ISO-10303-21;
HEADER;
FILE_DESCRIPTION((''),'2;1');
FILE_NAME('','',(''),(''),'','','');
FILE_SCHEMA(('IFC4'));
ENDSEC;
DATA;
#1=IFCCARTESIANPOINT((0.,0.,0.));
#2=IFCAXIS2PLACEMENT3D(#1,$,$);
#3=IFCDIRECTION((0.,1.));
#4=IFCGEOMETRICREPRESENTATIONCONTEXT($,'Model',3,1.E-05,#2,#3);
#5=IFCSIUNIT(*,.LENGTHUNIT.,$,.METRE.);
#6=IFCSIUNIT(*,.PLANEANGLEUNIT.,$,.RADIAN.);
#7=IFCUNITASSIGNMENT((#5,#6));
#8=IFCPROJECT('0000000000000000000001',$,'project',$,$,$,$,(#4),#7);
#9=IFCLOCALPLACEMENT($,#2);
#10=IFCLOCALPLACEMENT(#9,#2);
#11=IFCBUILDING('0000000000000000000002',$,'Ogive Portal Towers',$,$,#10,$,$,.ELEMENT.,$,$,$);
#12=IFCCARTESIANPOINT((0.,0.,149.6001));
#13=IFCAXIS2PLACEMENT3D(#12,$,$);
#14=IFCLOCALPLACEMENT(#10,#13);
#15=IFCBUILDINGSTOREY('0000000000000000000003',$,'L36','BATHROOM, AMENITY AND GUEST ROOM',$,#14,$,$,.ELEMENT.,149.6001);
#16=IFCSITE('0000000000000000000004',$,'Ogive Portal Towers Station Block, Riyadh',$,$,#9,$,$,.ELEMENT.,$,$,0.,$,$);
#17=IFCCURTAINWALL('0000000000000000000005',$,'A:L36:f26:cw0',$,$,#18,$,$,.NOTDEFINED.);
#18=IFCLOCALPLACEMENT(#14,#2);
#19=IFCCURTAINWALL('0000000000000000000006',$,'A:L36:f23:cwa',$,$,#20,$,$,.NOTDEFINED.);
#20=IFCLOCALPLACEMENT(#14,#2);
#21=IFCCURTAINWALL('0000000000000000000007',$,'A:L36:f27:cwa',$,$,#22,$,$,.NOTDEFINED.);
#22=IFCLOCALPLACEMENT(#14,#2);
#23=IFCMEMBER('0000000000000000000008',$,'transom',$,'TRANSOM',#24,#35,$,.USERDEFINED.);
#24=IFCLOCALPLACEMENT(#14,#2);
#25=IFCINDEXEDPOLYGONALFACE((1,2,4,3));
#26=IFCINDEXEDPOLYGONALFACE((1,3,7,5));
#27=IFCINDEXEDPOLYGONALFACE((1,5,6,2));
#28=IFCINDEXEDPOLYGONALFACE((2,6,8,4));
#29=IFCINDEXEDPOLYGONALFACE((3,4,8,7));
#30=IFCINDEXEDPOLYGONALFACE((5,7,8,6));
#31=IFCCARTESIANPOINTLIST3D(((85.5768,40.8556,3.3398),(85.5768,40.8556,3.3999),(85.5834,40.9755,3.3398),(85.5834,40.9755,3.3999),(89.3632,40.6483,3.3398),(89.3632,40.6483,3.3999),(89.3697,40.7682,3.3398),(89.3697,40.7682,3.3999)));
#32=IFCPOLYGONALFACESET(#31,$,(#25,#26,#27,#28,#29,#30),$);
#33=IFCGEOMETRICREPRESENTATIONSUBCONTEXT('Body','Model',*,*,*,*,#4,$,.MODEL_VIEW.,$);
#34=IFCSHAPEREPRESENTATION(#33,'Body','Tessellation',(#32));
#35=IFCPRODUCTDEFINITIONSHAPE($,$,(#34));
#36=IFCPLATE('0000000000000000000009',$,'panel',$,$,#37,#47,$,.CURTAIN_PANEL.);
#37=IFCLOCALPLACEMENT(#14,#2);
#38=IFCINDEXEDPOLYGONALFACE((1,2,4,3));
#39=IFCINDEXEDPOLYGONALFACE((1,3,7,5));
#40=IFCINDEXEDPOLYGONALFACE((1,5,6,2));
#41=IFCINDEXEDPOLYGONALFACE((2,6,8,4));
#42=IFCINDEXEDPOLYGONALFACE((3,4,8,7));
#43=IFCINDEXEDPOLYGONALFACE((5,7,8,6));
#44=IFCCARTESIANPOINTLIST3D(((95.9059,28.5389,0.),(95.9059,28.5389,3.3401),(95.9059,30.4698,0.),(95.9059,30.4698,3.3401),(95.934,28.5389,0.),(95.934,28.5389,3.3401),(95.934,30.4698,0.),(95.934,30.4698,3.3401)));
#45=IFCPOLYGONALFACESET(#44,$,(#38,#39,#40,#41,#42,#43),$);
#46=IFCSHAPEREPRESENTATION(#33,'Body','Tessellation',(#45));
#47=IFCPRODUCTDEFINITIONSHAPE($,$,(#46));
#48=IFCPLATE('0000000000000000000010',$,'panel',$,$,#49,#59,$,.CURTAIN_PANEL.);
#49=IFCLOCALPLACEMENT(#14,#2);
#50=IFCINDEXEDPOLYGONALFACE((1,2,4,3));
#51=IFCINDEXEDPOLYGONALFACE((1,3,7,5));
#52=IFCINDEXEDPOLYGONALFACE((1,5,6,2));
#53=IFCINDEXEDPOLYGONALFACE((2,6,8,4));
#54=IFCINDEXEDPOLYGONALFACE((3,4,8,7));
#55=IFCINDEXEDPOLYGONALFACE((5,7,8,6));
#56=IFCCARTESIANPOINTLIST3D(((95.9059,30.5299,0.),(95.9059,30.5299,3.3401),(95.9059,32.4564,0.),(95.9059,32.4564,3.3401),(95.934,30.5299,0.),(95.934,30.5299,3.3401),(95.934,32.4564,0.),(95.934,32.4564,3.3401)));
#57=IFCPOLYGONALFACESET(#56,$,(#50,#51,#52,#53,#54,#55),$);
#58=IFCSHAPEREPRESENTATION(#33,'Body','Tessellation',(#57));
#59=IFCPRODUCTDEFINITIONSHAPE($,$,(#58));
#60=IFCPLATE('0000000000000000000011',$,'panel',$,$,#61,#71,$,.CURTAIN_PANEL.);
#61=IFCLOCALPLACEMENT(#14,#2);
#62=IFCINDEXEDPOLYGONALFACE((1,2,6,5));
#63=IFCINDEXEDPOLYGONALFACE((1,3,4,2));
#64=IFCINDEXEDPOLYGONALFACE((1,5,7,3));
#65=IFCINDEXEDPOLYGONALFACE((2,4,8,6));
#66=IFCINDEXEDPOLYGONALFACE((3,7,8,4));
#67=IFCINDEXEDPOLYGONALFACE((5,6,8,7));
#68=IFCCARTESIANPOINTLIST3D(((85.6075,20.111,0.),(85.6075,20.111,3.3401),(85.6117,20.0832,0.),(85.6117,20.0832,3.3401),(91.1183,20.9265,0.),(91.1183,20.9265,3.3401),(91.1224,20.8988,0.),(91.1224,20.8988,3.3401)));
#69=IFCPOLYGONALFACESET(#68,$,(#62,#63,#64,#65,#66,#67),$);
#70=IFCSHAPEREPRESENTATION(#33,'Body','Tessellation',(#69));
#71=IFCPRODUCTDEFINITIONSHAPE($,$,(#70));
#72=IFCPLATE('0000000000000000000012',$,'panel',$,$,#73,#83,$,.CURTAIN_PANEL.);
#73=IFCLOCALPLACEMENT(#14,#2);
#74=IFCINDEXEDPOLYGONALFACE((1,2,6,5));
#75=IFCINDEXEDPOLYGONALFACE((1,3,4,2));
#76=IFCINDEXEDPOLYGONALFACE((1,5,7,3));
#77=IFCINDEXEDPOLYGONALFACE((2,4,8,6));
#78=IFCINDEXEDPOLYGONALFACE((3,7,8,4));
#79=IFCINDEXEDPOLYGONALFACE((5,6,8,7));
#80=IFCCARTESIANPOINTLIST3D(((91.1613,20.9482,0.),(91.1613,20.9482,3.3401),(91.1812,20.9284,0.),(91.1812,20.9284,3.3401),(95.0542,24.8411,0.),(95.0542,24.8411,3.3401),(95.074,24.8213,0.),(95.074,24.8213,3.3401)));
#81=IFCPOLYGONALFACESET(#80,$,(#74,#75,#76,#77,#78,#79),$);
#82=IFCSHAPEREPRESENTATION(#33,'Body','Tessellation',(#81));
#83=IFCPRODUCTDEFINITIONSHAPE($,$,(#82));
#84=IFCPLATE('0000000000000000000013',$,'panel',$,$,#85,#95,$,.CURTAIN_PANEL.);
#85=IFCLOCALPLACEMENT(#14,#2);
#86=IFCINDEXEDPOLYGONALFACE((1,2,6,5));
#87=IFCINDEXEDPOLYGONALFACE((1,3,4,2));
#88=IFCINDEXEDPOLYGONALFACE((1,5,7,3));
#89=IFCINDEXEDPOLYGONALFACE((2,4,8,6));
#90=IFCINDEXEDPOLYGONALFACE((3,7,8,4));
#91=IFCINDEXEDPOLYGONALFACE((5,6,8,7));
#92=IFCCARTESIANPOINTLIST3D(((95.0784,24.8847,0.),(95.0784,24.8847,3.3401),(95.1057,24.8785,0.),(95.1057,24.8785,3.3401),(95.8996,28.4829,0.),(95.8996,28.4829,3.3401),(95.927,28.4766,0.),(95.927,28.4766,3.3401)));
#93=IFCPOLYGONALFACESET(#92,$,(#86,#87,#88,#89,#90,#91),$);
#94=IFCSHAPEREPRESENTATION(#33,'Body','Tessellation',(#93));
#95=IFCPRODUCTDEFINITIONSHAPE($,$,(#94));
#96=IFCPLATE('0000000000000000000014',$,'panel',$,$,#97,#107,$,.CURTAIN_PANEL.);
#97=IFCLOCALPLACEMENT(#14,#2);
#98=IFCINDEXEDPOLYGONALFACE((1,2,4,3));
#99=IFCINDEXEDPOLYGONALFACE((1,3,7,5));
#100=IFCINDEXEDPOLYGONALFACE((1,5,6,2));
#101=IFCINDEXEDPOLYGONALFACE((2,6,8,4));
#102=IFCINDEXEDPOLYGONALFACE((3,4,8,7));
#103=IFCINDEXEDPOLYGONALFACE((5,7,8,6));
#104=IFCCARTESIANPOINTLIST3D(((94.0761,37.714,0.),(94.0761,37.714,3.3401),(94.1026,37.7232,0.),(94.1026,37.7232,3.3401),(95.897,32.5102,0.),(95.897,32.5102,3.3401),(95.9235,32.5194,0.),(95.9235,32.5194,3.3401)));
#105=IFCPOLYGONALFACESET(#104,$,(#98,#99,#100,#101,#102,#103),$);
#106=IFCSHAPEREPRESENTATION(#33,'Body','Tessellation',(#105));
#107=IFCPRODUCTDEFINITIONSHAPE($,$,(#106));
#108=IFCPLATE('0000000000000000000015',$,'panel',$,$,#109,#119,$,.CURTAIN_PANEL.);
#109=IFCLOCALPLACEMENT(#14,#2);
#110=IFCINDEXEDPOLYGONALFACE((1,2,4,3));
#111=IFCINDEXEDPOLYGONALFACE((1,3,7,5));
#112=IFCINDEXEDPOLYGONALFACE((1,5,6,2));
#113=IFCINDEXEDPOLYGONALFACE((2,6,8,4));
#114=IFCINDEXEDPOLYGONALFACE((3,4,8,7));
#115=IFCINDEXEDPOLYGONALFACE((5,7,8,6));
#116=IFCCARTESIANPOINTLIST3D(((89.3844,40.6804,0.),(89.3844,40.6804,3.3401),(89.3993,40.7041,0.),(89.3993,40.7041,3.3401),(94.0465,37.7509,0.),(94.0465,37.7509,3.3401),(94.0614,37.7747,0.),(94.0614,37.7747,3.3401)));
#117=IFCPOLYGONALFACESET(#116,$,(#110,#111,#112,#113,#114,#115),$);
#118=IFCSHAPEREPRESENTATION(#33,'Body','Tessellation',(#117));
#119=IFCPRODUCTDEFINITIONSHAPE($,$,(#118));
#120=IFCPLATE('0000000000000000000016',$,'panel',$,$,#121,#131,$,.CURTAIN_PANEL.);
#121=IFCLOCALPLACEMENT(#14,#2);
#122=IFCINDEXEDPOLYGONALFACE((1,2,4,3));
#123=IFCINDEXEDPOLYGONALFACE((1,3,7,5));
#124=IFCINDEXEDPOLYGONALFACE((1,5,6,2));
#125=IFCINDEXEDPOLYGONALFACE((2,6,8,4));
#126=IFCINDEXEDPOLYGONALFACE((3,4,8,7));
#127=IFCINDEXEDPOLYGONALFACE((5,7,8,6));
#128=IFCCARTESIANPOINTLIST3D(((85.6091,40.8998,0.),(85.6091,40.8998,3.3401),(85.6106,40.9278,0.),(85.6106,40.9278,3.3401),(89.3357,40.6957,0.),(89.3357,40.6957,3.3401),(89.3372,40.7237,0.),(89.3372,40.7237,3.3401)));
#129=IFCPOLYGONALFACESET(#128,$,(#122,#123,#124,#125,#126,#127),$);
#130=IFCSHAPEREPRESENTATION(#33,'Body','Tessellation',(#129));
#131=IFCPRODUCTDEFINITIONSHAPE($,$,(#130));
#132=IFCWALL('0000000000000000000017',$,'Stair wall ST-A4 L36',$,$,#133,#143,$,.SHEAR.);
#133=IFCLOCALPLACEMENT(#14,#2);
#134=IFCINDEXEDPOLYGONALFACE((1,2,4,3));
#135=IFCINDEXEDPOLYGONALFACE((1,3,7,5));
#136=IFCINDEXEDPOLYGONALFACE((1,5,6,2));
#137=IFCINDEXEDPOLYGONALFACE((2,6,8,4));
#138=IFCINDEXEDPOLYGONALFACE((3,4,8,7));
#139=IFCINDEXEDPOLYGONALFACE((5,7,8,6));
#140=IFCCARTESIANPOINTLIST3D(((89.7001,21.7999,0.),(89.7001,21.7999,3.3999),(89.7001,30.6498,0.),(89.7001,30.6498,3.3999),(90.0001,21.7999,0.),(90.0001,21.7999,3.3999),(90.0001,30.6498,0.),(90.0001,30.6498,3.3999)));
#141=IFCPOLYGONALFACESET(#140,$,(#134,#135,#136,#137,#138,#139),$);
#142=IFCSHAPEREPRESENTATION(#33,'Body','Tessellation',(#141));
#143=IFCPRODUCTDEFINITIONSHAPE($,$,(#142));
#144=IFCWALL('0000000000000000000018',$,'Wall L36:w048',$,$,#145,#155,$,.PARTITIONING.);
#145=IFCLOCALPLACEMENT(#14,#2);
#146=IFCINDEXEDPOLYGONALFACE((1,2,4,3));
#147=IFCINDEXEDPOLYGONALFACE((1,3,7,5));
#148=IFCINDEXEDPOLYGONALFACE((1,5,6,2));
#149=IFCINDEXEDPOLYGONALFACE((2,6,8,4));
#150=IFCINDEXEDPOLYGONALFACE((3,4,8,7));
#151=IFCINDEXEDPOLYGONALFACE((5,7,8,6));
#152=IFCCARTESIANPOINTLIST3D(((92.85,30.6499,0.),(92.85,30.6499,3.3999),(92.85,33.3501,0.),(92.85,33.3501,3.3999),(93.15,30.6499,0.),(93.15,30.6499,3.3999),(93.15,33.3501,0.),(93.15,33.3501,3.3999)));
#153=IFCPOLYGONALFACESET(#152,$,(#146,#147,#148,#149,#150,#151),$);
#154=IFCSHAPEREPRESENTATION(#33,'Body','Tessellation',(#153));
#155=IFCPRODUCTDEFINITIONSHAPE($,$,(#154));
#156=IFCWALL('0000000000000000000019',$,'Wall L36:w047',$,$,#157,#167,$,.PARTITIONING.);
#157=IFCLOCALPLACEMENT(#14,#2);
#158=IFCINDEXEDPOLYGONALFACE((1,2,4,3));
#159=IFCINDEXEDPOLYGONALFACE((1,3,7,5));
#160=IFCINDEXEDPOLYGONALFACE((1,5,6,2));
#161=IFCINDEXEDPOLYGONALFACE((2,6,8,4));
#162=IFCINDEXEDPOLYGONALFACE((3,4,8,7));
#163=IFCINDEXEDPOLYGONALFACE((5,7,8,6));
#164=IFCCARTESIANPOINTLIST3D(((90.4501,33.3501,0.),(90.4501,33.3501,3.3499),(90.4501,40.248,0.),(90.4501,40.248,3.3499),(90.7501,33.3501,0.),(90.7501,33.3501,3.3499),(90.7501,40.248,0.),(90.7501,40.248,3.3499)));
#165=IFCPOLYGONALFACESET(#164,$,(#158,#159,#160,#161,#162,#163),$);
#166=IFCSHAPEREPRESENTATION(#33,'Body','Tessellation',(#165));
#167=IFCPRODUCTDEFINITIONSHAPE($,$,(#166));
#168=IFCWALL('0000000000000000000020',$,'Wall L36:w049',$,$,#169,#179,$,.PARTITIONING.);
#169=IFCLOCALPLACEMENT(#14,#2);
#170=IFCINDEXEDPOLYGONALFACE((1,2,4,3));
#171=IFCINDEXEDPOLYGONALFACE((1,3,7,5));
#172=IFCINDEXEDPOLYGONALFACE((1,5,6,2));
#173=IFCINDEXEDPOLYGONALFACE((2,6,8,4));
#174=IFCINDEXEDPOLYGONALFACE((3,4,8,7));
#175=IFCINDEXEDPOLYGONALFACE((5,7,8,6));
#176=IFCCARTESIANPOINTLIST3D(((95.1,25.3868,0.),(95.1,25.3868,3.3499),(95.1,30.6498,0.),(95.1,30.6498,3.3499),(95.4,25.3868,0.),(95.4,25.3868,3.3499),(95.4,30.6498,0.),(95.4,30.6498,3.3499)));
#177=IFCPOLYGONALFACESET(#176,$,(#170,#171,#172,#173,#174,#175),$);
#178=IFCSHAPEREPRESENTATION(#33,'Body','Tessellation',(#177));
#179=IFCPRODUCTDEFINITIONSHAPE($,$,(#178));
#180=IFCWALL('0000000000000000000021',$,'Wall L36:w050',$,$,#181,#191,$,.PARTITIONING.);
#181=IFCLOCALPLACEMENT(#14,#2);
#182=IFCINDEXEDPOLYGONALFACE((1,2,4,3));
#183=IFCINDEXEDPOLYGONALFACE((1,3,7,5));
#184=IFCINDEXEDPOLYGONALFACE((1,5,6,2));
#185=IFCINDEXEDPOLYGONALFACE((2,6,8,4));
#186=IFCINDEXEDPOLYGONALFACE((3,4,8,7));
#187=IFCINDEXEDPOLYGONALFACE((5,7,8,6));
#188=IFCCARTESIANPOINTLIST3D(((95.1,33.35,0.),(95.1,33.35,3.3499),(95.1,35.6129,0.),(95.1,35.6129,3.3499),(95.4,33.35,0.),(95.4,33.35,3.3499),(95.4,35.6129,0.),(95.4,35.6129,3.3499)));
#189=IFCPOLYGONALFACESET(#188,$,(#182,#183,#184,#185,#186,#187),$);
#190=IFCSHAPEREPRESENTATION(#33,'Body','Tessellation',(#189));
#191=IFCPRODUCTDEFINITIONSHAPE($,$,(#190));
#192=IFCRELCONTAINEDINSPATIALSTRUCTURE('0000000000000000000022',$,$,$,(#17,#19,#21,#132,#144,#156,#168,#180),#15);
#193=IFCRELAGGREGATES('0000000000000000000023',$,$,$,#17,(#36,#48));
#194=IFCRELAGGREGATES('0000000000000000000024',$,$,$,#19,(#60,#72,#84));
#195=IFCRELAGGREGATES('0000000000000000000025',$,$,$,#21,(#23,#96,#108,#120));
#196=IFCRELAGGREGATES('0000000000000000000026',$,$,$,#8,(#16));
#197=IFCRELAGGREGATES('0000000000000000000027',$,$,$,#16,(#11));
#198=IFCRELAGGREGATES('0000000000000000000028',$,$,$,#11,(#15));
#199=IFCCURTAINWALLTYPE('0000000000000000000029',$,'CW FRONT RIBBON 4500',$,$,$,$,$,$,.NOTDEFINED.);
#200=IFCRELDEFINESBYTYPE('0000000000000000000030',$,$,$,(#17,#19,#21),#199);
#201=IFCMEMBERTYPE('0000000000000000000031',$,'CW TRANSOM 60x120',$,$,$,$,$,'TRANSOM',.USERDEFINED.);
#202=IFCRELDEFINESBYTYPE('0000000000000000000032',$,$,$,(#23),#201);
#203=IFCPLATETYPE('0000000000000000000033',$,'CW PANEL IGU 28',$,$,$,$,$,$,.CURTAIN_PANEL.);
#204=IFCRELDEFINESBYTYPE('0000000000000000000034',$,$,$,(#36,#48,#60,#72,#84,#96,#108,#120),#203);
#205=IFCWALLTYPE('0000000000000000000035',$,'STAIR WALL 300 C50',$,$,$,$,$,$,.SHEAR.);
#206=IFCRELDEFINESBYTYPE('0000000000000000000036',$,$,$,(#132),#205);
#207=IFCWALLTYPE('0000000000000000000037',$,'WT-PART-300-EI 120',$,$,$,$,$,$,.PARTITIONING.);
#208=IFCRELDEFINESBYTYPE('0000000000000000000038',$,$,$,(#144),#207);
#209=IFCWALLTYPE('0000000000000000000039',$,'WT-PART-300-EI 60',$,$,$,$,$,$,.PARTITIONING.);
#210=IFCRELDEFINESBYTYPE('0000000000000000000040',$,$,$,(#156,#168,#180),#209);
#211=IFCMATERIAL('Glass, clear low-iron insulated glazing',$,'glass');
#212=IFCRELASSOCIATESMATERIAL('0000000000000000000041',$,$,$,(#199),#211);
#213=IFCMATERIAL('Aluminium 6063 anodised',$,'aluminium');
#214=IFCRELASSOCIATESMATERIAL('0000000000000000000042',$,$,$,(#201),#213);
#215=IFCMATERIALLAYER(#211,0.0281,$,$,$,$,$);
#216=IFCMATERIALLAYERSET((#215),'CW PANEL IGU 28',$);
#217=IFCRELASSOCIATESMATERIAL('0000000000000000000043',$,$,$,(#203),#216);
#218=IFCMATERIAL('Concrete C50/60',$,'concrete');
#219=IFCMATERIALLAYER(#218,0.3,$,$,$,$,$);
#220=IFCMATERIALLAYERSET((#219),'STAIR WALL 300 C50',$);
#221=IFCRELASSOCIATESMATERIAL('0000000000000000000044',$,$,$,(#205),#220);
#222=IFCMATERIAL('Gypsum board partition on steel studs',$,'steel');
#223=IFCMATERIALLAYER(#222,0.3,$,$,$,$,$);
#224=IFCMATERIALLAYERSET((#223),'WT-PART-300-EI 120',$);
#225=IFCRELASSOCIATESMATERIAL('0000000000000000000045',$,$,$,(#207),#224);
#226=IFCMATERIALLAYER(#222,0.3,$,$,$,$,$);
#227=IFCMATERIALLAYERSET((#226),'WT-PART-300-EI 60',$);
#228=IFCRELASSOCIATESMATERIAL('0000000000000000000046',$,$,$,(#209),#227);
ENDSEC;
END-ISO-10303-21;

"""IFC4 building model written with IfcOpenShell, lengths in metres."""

from ifc_helpers import new_model, si_unit, direction, frame, frame_2d, origin, origin_2d, place, context, subcontext, project, spatial, rectangle, extrude, material, layer, layer_set, material_profile, profile_set, type_object, element, aggregate, save


model = new_model("IFC4")

# Units and contexts
model_context = context("Model", 3, precision=1e-05, world=origin(), true_north=direction((0.0, 1.0)))
body_context = subcontext(model_context, "Body", "Model", "MODEL_VIEW")
ifc_project = project(units=[si_unit("LENGTHUNIT", "METRE"), si_unit("PLANEANGLEUNIT", "RADIAN")], contexts=[model_context])

# Site, building, storey
site_placement = place(None, origin())
site = spatial("IfcSite", under=ifc_project, at=site_placement, Name="Ogive Portal Towers Station Block, Riyadh", CompositionType="ELEMENT", RefElevation=0.0)
building_placement = place(site_placement, origin())
building = spatial("IfcBuilding", under=site, at=building_placement, Name="Ogive Portal Towers", CompositionType="ELEMENT")
storey_placement = place(building_placement, frame((0.0, 0.0, 149.6001)))
storey = spatial("IfcBuildingStorey", under=building, at=storey_placement, Name="L36", Description="BATHROOM, AMENITY AND GUEST ROOM", CompositionType="ELEMENT", Elevation=149.6001)

# Curtain walls
ifc_material_1 = material(Name="Glass, clear low-iron insulated glazing", Category="glass")
curtain_wall_type = type_object("IfcCurtainWallType", Name="CW FRONT RIBBON 4500", PredefinedType="NOTDEFINED", material=ifc_material_1)
curtain_wall_1_placement = place(storey_placement, origin())
curtain_wall_1 = element("IfcCurtainWall", 1, at=curtain_wall_1_placement, inside=storey, type_object=curtain_wall_type, Name="A:L36:f26:cw0", PredefinedType="NOTDEFINED")
ifc_material_2 = material(Name="Aluminium 6063 anodised", Category="aluminium")
curtain_wall_2_placement = place(storey_placement, origin())
curtain_wall_2 = element("IfcCurtainWall", 2, at=curtain_wall_2_placement, inside=storey, type_object=curtain_wall_type, Name="A:L36:f23:cwa", PredefinedType="NOTDEFINED")
curtain_wall_3_placement = place(storey_placement, origin())
curtain_wall_3 = element("IfcCurtainWall", 3, at=curtain_wall_3_placement, inside=storey, type_object=curtain_wall_type, Name="A:L36:f27:cwa", PredefinedType="NOTDEFINED")

# Member
ifc_material_profile_1 = material_profile(ifc_material_2, rectangle(XDim=0.1201, YDim=0.0601, at=origin_2d()), Name="AL 120x60")
ifc_profile_set_1 = profile_set([ifc_material_profile_1], Name="Aluminium 6063 anodised")
member_type_1 = type_object("IfcMemberType", Name="CW TRANSOM 60x120", ElementType="TRANSOM", PredefinedType="USERDEFINED", material=ifc_profile_set_1)
member_1_placement = place(storey_placement, frame((89.3665, 40.7083, 3.3699), z_axis=(-0.998505, 0.054661, 0.0), x_axis=(-0.054661, -0.998505, 0.0)))
member_1 = element("IfcMember", 4, at=member_1_placement, type_object=member_type_1, Name="transom", ObjectType="TRANSOM", PredefinedType="USERDEFINED", context=body_context, shape_type="SweptSolid", body=[
    extrude(rectangle(XDim=0.1201, YDim=0.0601, at=origin_2d()), origin(), (0.0, 0.0, 1.0), 3.792),
])

# Plates
ifc_layer_1 = layer(ifc_material_1, 0.0281)
ifc_layer_set_1 = layer_set([ifc_layer_1], Name="CW PANEL IGU 28")
plate_type = type_object("IfcPlateType", Name="CW PANEL IGU 28", PredefinedType="CURTAIN_PANEL", material=ifc_layer_set_1)
plate_1_placement = place(storey_placement, frame((95.9199, 29.5044, 0.0), z_axis=(0.0, 0.0, 1.0), x_axis=(0.0, 1.0, 0.0)))
plate_1 = element("IfcPlate", 5, at=plate_1_placement, type_object=plate_type, Name="panel", PredefinedType="CURTAIN_PANEL", context=body_context, shape_type="SweptSolid", body=[
    extrude(rectangle(XDim=1.9309, YDim=0.0281, at=origin_2d()), origin(), (0.0, 0.0, 1.0), 3.3401),
])
plate_2_placement = place(storey_placement, frame((95.9199, 31.4932, 0.0), z_axis=(0.0, 0.0, 1.0), x_axis=(0.0, 1.0, 0.0)))
plate_2 = element("IfcPlate", 6, at=plate_2_placement, type_object=plate_type, Name="panel", PredefinedType="CURTAIN_PANEL", context=body_context, shape_type="SweptSolid", body=[
    extrude(rectangle(XDim=1.9265, YDim=0.0281, at=origin_2d()), origin(), (0.0, 0.0, 1.0), 3.3401),
])
aggregate(curtain_wall_1, [plate_1, plate_2])
plate_3_placement = place(storey_placement, frame((88.365, 20.5049, 0.0), z_axis=(0.0, 0.0, 1.0), x_axis=(0.989226, 0.146395, 0.0)))
plate_3 = element("IfcPlate", 7, at=plate_3_placement, type_object=plate_type, Name="panel", PredefinedType="CURTAIN_PANEL", context=body_context, shape_type="SweptSolid", body=[
    extrude(rectangle(XDim=5.5708, YDim=0.0281, at=origin_2d()), origin(), (0.0, 0.0, 1.0), 3.3401),
])
plate_4_placement = place(storey_placement, frame((93.1177, 22.8848, 0.0), z_axis=(0.0, 0.0, 1.0), x_axis=(0.707107, 0.707107, 0.0)))
plate_4 = element("IfcPlate", 8, at=plate_4_placement, type_object=plate_type, Name="panel", PredefinedType="CURTAIN_PANEL", context=body_context, shape_type="SweptSolid", body=[
    extrude(rectangle(XDim=5.5054, YDim=0.0281, at=origin_2d()), origin(), (0.0, 0.0, 1.0), 3.3401),
])
plate_5_placement = place(storey_placement, frame((95.5027, 26.6807, 0.0), z_axis=(0.0, 0.0, 1.0), x_axis=(0.222521, 0.974928, 0.0)))
plate_5 = element("IfcPlate", 9, at=plate_5_placement, type_object=plate_type, Name="panel", PredefinedType="CURTAIN_PANEL", context=body_context, shape_type="SweptSolid", body=[
    extrude(rectangle(XDim=3.6907, YDim=0.0281, at=origin_2d()), origin(), (0.0, 0.0, 1.0), 3.3401),
])
aggregate(curtain_wall_2, [plate_3, plate_4, plate_5])
plate_6_placement = place(storey_placement, frame((94.9998, 35.1167, 0.0), z_axis=(0.0, 0.0, 1.0), x_axis=(-0.330279, 0.943883, 0.0)))
plate_6 = element("IfcPlate", 10, at=plate_6_placement, type_object=plate_type, Name="panel", PredefinedType="CURTAIN_PANEL", context=body_context, shape_type="SweptSolid", body=[
    extrude(rectangle(XDim=5.5132, YDim=0.0281, at=origin_2d()), origin(), (0.0, 0.0, 1.0), 3.3401),
])
plate_7_placement = place(storey_placement, frame((91.7229, 39.2275, 0.0), z_axis=(0.0, 0.0, 1.0), x_axis=(-0.846724, 0.532032, 0.0)))
plate_7 = element("IfcPlate", 11, at=plate_7_placement, type_object=plate_type, Name="panel", PredefinedType="CURTAIN_PANEL", context=body_context, shape_type="SweptSolid", body=[
    extrude(rectangle(XDim=5.5061, YDim=0.0281, at=origin_2d()), origin(), (0.0, 0.0, 1.0), 3.3401),
])
plate_8_placement = place(storey_placement, frame((87.4731, 40.8118, 0.0), z_axis=(0.0, 0.0, 1.0), x_axis=(-0.998504, 0.054683, 0.0)))
plate_8 = element("IfcPlate", 12, at=plate_8_placement, type_object=plate_type, Name="panel", PredefinedType="CURTAIN_PANEL", context=body_context, shape_type="SweptSolid", body=[
    extrude(rectangle(XDim=3.7322, YDim=0.0281, at=origin_2d()), origin(), (0.0, 0.0, 1.0), 3.3401),
])
aggregate(curtain_wall_3, [member_1, plate_6, plate_7, plate_8])

# Walls
ifc_material_3 = material(Name="Concrete C50/60", Category="concrete")
ifc_layer_2 = layer(ifc_material_3, 0.3)
ifc_layer_set_2 = layer_set([ifc_layer_2], Name="STAIR WALL 300 C50")
wall_type_1 = type_object("IfcWallType", Name="STAIR WALL 300 C50", PredefinedType="SHEAR", material=ifc_layer_set_2)
wall_1_placement = place(storey_placement, frame((89.8501, 21.8, 0.0), z_axis=(0.0, 0.0, 1.0), x_axis=(0.0, 1.0, 0.0)))
element("IfcWall", 13, at=wall_1_placement, inside=storey, type_object=wall_type_1, Name="Stair wall ST-A4 L36", PredefinedType="SHEAR", context=body_context, shape_type="SweptSolid", body=[
    extrude(rectangle(XDim=8.8499, YDim=0.3, at=frame_2d((4.4248, 0.0))), origin(), (0.0, 0.0, 1.0), 3.3999),
])
ifc_material_4 = material(Name="Gypsum board partition on steel studs", Category="steel")
ifc_layer_3 = layer(ifc_material_4, 0.3)
ifc_layer_set_3 = layer_set([ifc_layer_3], Name="WT-PART-300-EI 120")
wall_type_2 = type_object("IfcWallType", Name="WT-PART-300-EI 120", PredefinedType="PARTITIONING", material=ifc_layer_set_3)
wall_2_placement = place(storey_placement, frame((93.0, 30.6499, 0.0), z_axis=(0.0, 0.0, 1.0), x_axis=(0.0, 1.0, 0.0)))
element("IfcWall", 14, at=wall_2_placement, inside=storey, type_object=wall_type_2, Name="Wall L36:w048", PredefinedType="PARTITIONING", context=body_context, shape_type="SweptSolid", body=[
    extrude(rectangle(XDim=2.7002, YDim=0.3, at=frame_2d((1.3501, 0.0))), origin(), (0.0, 0.0, 1.0), 3.3999),
])
ifc_layer_4 = layer(ifc_material_4, 0.3)
ifc_layer_set_4 = layer_set([ifc_layer_4], Name="WT-PART-300-EI 60")
wall_type_3 = type_object("IfcWallType", Name="WT-PART-300-EI 60", PredefinedType="PARTITIONING", material=ifc_layer_set_4)
wall_3_placement = place(storey_placement, frame((90.6001, 33.3501, 0.0), z_axis=(0.0, 0.0, 1.0), x_axis=(0.0, 1.0, 0.0)))
element("IfcWall", 15, at=wall_3_placement, inside=storey, type_object=wall_type_3, Name="Wall L36:w047", PredefinedType="PARTITIONING", context=body_context, shape_type="SweptSolid", body=[
    extrude(rectangle(XDim=6.8979, YDim=0.3, at=frame_2d((3.449, 0.0))), origin(), (0.0, 0.0, 1.0), 3.3499),
])
wall_4_placement = place(storey_placement, frame((95.25, 25.387, 0.0), z_axis=(0.0, 0.0, 1.0), x_axis=(0.0, 1.0, 0.0)))
element("IfcWall", 16, at=wall_4_placement, inside=storey, type_object=wall_type_3, Name="Wall L36:w049", PredefinedType="PARTITIONING", context=body_context, shape_type="SweptSolid", body=[
    extrude(rectangle(XDim=5.2629, YDim=0.3, at=frame_2d((2.6313, 0.0))), origin(), (0.0, 0.0, 1.0), 3.3499),
])
wall_5_placement = place(storey_placement, frame((95.25, 33.3501, 0.0), z_axis=(0.0, 0.0, 1.0), x_axis=(0.0, 1.0, 0.0)))
element("IfcWall", 17, at=wall_5_placement, inside=storey, type_object=wall_type_3, Name="Wall L36:w050", PredefinedType="PARTITIONING", context=body_context, shape_type="SweptSolid", body=[
    extrude(rectangle(XDim=2.2629, YDim=0.3, at=frame_2d((1.1313, 0.0))), origin(), (0.0, 0.0, 1.0), 3.3499),
])

save(model, "model.ifc")
